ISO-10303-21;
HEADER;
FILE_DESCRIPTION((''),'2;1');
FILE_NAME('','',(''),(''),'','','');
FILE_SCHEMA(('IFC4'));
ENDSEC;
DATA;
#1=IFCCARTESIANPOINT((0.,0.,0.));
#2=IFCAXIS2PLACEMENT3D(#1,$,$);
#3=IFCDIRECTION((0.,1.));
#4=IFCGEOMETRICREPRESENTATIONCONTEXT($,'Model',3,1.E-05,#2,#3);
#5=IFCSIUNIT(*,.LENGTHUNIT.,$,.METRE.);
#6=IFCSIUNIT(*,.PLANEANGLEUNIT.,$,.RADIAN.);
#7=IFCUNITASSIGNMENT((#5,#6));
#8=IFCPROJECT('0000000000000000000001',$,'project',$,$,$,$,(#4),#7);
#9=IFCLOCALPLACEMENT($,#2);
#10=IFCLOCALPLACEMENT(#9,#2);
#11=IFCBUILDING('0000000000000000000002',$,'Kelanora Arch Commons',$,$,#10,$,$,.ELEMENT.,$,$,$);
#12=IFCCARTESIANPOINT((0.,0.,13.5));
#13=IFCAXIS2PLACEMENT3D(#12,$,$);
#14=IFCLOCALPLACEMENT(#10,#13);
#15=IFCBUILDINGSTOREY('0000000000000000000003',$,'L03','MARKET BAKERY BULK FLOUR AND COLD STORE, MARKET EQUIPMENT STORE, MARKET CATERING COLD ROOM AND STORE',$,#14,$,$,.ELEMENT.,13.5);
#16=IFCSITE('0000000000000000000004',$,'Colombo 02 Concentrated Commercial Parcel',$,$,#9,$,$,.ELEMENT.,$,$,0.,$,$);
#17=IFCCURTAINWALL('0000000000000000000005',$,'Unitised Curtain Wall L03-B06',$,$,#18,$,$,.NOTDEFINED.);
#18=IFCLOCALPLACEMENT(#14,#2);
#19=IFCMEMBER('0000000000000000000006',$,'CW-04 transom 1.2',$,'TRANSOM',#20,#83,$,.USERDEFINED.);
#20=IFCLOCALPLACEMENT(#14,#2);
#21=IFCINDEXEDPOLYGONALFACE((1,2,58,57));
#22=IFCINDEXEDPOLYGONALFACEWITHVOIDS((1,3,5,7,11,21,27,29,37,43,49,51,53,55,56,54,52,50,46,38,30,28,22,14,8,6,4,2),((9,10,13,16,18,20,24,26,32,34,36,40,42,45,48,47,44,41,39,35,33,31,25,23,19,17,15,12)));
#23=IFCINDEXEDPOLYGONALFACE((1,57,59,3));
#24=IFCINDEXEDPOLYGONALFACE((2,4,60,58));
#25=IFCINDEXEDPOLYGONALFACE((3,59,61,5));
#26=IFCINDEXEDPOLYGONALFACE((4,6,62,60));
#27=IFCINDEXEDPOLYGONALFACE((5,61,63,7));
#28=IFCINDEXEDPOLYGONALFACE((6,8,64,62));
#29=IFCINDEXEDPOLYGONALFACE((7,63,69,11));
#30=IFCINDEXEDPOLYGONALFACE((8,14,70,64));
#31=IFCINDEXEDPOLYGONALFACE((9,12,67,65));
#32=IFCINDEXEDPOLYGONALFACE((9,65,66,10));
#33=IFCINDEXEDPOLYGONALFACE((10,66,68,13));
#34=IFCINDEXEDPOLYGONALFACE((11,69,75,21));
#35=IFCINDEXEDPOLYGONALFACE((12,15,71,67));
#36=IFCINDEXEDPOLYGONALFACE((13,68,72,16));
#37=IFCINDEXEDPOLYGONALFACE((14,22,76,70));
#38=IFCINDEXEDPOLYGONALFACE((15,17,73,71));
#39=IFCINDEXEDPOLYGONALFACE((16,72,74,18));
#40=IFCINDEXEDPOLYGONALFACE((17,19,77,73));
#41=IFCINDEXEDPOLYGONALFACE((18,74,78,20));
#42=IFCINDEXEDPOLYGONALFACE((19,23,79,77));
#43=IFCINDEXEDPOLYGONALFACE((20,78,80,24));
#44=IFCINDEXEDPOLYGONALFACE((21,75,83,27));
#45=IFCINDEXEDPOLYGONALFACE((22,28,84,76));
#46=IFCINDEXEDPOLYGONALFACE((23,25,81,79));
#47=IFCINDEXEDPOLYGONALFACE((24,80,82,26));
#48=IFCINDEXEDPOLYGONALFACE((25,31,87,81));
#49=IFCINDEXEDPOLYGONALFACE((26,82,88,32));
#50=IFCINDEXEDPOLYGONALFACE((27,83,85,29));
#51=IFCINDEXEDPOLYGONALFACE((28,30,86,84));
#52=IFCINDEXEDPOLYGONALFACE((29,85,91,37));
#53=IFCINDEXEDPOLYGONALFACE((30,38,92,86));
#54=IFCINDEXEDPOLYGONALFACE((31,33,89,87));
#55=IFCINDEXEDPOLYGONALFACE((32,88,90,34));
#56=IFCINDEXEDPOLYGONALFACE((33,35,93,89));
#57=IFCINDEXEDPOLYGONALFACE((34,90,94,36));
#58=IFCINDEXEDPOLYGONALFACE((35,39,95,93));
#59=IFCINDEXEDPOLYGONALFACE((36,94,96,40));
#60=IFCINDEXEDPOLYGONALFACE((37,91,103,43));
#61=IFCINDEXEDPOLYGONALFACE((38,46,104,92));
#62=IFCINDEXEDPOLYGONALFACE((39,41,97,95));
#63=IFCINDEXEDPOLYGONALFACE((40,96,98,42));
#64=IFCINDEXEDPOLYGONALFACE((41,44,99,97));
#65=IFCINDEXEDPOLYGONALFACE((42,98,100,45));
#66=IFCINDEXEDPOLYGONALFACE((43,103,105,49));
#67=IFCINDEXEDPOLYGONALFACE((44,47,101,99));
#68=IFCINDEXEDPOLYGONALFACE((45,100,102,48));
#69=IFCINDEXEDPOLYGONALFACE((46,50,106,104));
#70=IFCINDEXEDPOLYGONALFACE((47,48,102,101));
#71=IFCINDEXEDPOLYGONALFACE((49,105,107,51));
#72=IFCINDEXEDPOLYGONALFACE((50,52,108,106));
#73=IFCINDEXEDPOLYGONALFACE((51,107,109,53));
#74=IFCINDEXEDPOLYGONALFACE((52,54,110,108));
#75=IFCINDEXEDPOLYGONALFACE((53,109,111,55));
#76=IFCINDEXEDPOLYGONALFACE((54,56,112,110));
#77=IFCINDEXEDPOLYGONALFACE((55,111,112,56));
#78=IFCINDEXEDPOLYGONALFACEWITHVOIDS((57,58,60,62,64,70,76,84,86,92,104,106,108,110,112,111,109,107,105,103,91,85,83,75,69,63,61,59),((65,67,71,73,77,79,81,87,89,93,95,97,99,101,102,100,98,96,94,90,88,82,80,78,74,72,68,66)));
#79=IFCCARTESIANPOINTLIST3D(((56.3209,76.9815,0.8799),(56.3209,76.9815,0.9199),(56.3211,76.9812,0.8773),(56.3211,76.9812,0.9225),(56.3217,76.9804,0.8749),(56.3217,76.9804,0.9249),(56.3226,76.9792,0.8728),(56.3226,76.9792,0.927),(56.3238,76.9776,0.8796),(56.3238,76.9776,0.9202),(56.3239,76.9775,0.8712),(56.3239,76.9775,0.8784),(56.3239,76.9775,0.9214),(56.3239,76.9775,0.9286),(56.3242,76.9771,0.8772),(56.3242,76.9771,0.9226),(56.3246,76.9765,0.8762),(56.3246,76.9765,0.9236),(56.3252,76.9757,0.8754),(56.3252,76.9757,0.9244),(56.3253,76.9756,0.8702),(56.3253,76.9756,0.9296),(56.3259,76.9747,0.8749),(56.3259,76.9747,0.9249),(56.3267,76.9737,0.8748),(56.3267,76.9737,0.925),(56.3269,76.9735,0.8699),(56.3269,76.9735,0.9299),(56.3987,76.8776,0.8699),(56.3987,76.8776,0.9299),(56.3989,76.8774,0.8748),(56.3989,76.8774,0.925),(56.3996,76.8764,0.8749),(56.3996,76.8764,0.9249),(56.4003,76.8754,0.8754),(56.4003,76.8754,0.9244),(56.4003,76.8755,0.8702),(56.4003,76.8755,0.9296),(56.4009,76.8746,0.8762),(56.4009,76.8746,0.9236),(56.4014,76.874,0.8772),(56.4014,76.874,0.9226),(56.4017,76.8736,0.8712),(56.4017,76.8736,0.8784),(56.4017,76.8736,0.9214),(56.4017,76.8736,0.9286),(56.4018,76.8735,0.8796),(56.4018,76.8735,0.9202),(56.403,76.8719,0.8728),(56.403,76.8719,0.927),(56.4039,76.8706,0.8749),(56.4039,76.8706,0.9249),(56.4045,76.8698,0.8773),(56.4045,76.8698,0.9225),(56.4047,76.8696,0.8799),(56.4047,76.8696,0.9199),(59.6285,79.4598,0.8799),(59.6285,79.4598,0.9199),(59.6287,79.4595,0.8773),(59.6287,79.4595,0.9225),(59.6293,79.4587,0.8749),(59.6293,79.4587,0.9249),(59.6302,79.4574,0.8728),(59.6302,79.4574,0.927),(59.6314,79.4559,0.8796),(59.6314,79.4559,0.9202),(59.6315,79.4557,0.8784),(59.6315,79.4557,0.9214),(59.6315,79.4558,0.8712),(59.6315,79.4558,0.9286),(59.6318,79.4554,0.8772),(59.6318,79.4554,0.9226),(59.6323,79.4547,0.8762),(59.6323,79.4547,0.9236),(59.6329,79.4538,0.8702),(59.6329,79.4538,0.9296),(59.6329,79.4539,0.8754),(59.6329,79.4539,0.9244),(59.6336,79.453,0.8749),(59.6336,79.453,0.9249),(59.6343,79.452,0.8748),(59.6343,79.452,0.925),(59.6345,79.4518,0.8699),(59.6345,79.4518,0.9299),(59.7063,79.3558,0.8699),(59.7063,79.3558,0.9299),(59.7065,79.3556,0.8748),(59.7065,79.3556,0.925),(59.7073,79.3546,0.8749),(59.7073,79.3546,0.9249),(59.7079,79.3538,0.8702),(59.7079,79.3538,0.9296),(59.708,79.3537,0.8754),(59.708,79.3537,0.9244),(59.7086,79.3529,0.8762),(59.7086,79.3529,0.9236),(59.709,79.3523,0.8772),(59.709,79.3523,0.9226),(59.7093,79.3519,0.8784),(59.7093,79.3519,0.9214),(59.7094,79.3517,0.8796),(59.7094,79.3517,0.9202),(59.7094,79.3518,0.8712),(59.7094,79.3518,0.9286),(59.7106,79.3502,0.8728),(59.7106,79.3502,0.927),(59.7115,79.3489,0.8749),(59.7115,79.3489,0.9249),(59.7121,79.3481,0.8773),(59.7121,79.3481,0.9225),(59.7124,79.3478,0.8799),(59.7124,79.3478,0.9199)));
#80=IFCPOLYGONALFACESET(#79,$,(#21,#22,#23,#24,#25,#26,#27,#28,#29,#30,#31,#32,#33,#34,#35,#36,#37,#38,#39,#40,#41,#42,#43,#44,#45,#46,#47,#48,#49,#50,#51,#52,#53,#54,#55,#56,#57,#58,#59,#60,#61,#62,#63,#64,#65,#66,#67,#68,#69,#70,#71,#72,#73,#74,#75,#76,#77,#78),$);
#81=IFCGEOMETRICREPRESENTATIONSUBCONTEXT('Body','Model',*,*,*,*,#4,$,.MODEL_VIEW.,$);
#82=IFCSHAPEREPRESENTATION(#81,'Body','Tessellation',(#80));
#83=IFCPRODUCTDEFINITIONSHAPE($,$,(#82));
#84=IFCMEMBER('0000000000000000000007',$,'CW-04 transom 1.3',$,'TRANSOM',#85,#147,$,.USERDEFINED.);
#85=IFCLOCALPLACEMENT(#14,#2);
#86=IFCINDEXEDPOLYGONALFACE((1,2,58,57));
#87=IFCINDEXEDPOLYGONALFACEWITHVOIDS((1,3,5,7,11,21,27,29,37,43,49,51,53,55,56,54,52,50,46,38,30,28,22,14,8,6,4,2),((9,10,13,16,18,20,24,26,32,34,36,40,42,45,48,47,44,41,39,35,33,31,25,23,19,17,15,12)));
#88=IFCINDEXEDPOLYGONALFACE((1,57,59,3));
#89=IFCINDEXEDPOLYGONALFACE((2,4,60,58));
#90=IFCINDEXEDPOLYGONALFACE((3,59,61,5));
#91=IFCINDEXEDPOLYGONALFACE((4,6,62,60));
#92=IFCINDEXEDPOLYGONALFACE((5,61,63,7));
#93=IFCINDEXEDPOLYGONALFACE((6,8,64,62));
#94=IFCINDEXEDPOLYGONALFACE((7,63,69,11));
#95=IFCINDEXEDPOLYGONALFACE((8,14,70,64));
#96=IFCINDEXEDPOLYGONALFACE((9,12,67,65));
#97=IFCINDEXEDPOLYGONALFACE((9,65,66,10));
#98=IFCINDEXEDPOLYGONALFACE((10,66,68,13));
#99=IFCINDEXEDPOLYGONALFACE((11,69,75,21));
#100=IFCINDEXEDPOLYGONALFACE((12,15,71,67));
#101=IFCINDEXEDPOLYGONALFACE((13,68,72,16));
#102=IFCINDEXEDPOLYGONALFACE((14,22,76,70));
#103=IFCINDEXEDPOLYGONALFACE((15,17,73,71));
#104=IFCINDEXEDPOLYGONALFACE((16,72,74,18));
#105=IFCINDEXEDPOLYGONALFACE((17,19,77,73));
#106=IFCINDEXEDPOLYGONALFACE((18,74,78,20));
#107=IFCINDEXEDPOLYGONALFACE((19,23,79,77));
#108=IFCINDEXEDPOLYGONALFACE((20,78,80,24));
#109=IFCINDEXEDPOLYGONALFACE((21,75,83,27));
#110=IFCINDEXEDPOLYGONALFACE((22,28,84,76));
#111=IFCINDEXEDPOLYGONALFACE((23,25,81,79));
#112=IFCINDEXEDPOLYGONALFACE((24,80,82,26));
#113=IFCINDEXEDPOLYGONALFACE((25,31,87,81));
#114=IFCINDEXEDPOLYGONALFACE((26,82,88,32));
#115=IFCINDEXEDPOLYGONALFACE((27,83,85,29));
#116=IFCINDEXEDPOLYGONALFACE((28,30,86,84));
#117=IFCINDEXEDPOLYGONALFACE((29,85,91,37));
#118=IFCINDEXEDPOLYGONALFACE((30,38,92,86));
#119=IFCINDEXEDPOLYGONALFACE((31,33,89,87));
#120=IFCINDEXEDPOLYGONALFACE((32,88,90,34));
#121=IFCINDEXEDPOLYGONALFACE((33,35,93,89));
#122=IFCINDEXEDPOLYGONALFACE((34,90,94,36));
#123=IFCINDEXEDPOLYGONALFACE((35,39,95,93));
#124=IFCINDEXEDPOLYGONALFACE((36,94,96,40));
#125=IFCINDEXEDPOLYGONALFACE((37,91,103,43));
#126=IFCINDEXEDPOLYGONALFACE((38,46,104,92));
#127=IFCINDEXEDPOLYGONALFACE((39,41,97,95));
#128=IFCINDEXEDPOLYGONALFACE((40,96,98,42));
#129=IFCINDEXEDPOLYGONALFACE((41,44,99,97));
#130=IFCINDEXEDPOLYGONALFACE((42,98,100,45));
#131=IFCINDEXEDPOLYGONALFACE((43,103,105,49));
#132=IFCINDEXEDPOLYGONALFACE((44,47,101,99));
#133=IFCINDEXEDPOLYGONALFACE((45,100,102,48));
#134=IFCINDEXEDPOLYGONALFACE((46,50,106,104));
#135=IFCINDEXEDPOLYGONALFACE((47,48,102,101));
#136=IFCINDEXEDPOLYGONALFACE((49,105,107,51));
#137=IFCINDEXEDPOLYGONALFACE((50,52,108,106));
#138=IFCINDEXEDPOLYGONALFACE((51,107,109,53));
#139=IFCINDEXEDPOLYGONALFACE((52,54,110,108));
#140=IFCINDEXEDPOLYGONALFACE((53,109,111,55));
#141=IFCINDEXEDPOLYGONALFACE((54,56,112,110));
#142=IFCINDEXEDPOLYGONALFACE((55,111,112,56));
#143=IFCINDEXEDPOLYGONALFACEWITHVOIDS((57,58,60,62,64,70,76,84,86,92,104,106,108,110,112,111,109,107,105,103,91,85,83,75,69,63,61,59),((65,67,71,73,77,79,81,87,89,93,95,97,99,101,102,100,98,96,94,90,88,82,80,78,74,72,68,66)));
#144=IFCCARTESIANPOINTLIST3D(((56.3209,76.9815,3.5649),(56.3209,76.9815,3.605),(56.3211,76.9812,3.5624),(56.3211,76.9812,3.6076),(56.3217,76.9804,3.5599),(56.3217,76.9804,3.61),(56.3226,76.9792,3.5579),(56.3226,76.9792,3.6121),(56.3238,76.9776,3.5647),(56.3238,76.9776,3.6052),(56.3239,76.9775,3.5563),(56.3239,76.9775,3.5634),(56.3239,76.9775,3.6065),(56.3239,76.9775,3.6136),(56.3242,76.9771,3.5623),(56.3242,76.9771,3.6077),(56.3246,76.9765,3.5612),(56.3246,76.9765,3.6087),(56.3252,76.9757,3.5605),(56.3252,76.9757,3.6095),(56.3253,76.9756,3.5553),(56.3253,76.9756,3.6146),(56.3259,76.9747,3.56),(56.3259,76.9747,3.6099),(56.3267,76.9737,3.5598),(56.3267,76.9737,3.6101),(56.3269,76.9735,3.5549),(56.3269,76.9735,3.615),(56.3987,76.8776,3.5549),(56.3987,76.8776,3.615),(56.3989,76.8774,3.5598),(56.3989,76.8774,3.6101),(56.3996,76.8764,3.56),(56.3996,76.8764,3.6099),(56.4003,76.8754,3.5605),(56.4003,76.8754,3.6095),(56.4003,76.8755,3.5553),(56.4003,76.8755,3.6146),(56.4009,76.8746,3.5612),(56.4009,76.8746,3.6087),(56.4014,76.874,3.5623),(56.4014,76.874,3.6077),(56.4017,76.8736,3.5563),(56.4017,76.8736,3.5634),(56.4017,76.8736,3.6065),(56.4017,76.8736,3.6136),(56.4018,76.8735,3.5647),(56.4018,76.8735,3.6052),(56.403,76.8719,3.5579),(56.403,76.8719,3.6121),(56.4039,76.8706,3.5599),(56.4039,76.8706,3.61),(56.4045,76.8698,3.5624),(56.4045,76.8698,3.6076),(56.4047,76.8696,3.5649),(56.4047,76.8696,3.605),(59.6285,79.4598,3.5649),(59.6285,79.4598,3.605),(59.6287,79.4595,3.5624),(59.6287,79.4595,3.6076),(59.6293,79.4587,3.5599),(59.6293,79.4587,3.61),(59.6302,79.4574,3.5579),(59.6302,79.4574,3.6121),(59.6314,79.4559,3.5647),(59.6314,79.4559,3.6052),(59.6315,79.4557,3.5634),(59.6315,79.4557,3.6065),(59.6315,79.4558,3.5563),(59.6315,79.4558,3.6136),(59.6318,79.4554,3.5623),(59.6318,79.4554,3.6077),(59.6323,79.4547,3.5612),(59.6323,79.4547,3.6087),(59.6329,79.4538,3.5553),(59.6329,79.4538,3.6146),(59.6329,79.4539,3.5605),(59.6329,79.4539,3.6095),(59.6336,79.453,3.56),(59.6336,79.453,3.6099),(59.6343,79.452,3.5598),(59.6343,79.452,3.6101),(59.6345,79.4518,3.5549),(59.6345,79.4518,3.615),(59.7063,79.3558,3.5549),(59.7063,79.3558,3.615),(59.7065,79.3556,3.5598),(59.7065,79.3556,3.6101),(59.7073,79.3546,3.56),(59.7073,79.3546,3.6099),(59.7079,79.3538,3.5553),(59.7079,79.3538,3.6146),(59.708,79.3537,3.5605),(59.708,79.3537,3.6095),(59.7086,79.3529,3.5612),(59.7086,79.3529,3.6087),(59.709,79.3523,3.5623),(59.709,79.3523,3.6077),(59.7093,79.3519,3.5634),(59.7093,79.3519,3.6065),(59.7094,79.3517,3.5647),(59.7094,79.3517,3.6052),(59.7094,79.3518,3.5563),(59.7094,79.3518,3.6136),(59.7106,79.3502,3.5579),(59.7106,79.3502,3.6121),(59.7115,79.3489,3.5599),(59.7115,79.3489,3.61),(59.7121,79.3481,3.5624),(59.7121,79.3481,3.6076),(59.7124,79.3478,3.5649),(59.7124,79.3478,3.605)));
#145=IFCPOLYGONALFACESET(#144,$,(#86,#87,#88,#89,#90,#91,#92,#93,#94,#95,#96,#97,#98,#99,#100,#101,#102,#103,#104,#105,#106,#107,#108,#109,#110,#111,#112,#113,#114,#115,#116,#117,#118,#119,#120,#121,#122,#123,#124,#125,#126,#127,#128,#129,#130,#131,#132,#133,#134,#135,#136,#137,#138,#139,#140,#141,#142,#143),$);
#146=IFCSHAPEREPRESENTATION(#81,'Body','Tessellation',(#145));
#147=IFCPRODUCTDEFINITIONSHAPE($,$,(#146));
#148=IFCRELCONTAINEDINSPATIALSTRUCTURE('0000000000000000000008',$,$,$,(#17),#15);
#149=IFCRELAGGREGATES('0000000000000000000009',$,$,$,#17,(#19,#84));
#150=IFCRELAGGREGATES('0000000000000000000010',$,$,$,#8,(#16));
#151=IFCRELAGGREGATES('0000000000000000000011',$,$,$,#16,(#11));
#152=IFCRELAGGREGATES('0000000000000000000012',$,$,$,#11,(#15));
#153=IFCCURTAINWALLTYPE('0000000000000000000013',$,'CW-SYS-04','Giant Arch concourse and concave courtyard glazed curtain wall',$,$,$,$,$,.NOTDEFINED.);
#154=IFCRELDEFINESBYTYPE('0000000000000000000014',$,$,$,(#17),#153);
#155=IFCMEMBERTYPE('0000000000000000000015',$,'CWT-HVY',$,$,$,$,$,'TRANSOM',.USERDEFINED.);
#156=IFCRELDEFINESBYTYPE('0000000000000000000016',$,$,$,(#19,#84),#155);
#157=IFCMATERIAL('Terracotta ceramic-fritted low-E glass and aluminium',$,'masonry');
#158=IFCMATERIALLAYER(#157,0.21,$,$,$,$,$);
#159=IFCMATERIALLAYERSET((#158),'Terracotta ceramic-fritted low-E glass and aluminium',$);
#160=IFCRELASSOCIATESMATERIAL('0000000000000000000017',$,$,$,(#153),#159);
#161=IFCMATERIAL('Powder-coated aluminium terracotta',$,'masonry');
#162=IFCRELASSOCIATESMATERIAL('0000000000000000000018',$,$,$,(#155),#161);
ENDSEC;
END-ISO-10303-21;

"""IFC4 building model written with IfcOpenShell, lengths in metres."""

from ifc_helpers import new_model, si_unit, direction, frame, origin, origin_2d, place, context, subcontext, project, spatial, hollow_rectangle, extrude, material, layer, layer_set, material_profile, profile_set, type_object, element, aggregate, save


model = new_model("IFC4")

# Units and contexts
model_context = context("Model", 3, precision=1e-05, world=origin(), true_north=direction((0.0, 1.0)))
body_context = subcontext(model_context, "Body", "Model", "MODEL_VIEW")
ifc_project = project(units=[si_unit("LENGTHUNIT", "METRE"), si_unit("PLANEANGLEUNIT", "RADIAN")], contexts=[model_context])

# Site, building, storey
site_placement = place(None, origin())
site = spatial("IfcSite", under=ifc_project, at=site_placement, Name="Colombo 02 Concentrated Commercial Parcel", CompositionType="ELEMENT", RefElevation=0.0)
building_placement = place(site_placement, origin())
building = spatial("IfcBuilding", under=site, at=building_placement, Name="Kelanora Arch Commons", CompositionType="ELEMENT")
storey_placement = place(building_placement, frame((0.0, 0.0, 13.5)))
storey = spatial("IfcBuildingStorey", under=building, at=storey_placement, Name="L03", Description="MARKET BAKERY BULK FLOUR AND COLD STORE, MARKET EQUIPMENT STORE, MARKET CATERING COLD ROOM AND STORE", CompositionType="ELEMENT", Elevation=13.5)

# Shared definitions
ifc_material_1 = material(Name="Terracotta ceramic-fritted low-E glass and aluminium", Category="masonry")
ifc_layer_1 = layer(ifc_material_1, 0.21)
ifc_layer_set_1 = layer_set([ifc_layer_1], Name="Terracotta ceramic-fritted low-E glass and aluminium")
curtain_wall_type = type_object("IfcCurtainWallType", Name="CW-SYS-04", Description="Giant Arch concourse and concave courtyard glazed curtain wall", PredefinedType="NOTDEFINED", material=ifc_layer_set_1)
ifc_material_2 = material(Name="Powder-coated aluminium terracotta", Category="masonry")

# Curtain wall
curtain_wall_1_placement = place(storey_placement, origin())
curtain_wall_1 = element("IfcCurtainWall", 1, at=curtain_wall_1_placement, inside=storey, type_object=curtain_wall_type, Name="Unitised Curtain Wall L03-B06", PredefinedType="NOTDEFINED")

# Members
ifc_material_profile_1 = material_profile(ifc_material_2, hollow_rectangle(XDim=0.1399, YDim=0.0601, WallThickness=0.0049, InnerFilletRadius=0.0049, OuterFilletRadius=0.01, at=origin_2d()), Name="CWT140x60")
ifc_profile_set_1 = profile_set([ifc_material_profile_1], Name="Powder-coated aluminium terracotta")
member_type_1 = type_object("IfcMemberType", Name="CWT-HVY", ElementType="TRANSOM", PredefinedType="USERDEFINED", material=ifc_profile_set_1)
member_1_placement = place(storey_placement, frame((59.6704, 79.4038, 0.8999), z_axis=(-0.800283, -0.599622, 0.0), x_axis=(0.599622, -0.800283, 0.0)))
member_1 = element("IfcMember", 2, at=member_1_placement, type_object=member_type_1, Name="CW-04 transom 1.2", ObjectType="TRANSOM", PredefinedType="USERDEFINED", context=body_context, shape_type="SweptSolid", body=[
    extrude(hollow_rectangle(XDim=0.1399, YDim=0.0601, WallThickness=0.0049, InnerFilletRadius=0.0049, OuterFilletRadius=0.01, at=origin_2d()), origin(), (0.0, 0.0, 1.0), 4.1331),
])
member_2_placement = place(storey_placement, frame((59.6704, 79.4038, 3.585), z_axis=(-0.800283, -0.599622, 0.0), x_axis=(0.599622, -0.800283, 0.0)))
member_2 = element("IfcMember", 3, at=member_2_placement, type_object=member_type_1, Name="CW-04 transom 1.3", ObjectType="TRANSOM", PredefinedType="USERDEFINED", context=body_context, shape_type="SweptSolid", body=[
    extrude(hollow_rectangle(XDim=0.1399, YDim=0.0601, WallThickness=0.0049, InnerFilletRadius=0.0049, OuterFilletRadius=0.01, at=origin_2d()), origin(), (0.0, 0.0, 1.0), 4.1331),
])

aggregate(curtain_wall_1, [member_1, member_2])

save(model, "model.ifc")
